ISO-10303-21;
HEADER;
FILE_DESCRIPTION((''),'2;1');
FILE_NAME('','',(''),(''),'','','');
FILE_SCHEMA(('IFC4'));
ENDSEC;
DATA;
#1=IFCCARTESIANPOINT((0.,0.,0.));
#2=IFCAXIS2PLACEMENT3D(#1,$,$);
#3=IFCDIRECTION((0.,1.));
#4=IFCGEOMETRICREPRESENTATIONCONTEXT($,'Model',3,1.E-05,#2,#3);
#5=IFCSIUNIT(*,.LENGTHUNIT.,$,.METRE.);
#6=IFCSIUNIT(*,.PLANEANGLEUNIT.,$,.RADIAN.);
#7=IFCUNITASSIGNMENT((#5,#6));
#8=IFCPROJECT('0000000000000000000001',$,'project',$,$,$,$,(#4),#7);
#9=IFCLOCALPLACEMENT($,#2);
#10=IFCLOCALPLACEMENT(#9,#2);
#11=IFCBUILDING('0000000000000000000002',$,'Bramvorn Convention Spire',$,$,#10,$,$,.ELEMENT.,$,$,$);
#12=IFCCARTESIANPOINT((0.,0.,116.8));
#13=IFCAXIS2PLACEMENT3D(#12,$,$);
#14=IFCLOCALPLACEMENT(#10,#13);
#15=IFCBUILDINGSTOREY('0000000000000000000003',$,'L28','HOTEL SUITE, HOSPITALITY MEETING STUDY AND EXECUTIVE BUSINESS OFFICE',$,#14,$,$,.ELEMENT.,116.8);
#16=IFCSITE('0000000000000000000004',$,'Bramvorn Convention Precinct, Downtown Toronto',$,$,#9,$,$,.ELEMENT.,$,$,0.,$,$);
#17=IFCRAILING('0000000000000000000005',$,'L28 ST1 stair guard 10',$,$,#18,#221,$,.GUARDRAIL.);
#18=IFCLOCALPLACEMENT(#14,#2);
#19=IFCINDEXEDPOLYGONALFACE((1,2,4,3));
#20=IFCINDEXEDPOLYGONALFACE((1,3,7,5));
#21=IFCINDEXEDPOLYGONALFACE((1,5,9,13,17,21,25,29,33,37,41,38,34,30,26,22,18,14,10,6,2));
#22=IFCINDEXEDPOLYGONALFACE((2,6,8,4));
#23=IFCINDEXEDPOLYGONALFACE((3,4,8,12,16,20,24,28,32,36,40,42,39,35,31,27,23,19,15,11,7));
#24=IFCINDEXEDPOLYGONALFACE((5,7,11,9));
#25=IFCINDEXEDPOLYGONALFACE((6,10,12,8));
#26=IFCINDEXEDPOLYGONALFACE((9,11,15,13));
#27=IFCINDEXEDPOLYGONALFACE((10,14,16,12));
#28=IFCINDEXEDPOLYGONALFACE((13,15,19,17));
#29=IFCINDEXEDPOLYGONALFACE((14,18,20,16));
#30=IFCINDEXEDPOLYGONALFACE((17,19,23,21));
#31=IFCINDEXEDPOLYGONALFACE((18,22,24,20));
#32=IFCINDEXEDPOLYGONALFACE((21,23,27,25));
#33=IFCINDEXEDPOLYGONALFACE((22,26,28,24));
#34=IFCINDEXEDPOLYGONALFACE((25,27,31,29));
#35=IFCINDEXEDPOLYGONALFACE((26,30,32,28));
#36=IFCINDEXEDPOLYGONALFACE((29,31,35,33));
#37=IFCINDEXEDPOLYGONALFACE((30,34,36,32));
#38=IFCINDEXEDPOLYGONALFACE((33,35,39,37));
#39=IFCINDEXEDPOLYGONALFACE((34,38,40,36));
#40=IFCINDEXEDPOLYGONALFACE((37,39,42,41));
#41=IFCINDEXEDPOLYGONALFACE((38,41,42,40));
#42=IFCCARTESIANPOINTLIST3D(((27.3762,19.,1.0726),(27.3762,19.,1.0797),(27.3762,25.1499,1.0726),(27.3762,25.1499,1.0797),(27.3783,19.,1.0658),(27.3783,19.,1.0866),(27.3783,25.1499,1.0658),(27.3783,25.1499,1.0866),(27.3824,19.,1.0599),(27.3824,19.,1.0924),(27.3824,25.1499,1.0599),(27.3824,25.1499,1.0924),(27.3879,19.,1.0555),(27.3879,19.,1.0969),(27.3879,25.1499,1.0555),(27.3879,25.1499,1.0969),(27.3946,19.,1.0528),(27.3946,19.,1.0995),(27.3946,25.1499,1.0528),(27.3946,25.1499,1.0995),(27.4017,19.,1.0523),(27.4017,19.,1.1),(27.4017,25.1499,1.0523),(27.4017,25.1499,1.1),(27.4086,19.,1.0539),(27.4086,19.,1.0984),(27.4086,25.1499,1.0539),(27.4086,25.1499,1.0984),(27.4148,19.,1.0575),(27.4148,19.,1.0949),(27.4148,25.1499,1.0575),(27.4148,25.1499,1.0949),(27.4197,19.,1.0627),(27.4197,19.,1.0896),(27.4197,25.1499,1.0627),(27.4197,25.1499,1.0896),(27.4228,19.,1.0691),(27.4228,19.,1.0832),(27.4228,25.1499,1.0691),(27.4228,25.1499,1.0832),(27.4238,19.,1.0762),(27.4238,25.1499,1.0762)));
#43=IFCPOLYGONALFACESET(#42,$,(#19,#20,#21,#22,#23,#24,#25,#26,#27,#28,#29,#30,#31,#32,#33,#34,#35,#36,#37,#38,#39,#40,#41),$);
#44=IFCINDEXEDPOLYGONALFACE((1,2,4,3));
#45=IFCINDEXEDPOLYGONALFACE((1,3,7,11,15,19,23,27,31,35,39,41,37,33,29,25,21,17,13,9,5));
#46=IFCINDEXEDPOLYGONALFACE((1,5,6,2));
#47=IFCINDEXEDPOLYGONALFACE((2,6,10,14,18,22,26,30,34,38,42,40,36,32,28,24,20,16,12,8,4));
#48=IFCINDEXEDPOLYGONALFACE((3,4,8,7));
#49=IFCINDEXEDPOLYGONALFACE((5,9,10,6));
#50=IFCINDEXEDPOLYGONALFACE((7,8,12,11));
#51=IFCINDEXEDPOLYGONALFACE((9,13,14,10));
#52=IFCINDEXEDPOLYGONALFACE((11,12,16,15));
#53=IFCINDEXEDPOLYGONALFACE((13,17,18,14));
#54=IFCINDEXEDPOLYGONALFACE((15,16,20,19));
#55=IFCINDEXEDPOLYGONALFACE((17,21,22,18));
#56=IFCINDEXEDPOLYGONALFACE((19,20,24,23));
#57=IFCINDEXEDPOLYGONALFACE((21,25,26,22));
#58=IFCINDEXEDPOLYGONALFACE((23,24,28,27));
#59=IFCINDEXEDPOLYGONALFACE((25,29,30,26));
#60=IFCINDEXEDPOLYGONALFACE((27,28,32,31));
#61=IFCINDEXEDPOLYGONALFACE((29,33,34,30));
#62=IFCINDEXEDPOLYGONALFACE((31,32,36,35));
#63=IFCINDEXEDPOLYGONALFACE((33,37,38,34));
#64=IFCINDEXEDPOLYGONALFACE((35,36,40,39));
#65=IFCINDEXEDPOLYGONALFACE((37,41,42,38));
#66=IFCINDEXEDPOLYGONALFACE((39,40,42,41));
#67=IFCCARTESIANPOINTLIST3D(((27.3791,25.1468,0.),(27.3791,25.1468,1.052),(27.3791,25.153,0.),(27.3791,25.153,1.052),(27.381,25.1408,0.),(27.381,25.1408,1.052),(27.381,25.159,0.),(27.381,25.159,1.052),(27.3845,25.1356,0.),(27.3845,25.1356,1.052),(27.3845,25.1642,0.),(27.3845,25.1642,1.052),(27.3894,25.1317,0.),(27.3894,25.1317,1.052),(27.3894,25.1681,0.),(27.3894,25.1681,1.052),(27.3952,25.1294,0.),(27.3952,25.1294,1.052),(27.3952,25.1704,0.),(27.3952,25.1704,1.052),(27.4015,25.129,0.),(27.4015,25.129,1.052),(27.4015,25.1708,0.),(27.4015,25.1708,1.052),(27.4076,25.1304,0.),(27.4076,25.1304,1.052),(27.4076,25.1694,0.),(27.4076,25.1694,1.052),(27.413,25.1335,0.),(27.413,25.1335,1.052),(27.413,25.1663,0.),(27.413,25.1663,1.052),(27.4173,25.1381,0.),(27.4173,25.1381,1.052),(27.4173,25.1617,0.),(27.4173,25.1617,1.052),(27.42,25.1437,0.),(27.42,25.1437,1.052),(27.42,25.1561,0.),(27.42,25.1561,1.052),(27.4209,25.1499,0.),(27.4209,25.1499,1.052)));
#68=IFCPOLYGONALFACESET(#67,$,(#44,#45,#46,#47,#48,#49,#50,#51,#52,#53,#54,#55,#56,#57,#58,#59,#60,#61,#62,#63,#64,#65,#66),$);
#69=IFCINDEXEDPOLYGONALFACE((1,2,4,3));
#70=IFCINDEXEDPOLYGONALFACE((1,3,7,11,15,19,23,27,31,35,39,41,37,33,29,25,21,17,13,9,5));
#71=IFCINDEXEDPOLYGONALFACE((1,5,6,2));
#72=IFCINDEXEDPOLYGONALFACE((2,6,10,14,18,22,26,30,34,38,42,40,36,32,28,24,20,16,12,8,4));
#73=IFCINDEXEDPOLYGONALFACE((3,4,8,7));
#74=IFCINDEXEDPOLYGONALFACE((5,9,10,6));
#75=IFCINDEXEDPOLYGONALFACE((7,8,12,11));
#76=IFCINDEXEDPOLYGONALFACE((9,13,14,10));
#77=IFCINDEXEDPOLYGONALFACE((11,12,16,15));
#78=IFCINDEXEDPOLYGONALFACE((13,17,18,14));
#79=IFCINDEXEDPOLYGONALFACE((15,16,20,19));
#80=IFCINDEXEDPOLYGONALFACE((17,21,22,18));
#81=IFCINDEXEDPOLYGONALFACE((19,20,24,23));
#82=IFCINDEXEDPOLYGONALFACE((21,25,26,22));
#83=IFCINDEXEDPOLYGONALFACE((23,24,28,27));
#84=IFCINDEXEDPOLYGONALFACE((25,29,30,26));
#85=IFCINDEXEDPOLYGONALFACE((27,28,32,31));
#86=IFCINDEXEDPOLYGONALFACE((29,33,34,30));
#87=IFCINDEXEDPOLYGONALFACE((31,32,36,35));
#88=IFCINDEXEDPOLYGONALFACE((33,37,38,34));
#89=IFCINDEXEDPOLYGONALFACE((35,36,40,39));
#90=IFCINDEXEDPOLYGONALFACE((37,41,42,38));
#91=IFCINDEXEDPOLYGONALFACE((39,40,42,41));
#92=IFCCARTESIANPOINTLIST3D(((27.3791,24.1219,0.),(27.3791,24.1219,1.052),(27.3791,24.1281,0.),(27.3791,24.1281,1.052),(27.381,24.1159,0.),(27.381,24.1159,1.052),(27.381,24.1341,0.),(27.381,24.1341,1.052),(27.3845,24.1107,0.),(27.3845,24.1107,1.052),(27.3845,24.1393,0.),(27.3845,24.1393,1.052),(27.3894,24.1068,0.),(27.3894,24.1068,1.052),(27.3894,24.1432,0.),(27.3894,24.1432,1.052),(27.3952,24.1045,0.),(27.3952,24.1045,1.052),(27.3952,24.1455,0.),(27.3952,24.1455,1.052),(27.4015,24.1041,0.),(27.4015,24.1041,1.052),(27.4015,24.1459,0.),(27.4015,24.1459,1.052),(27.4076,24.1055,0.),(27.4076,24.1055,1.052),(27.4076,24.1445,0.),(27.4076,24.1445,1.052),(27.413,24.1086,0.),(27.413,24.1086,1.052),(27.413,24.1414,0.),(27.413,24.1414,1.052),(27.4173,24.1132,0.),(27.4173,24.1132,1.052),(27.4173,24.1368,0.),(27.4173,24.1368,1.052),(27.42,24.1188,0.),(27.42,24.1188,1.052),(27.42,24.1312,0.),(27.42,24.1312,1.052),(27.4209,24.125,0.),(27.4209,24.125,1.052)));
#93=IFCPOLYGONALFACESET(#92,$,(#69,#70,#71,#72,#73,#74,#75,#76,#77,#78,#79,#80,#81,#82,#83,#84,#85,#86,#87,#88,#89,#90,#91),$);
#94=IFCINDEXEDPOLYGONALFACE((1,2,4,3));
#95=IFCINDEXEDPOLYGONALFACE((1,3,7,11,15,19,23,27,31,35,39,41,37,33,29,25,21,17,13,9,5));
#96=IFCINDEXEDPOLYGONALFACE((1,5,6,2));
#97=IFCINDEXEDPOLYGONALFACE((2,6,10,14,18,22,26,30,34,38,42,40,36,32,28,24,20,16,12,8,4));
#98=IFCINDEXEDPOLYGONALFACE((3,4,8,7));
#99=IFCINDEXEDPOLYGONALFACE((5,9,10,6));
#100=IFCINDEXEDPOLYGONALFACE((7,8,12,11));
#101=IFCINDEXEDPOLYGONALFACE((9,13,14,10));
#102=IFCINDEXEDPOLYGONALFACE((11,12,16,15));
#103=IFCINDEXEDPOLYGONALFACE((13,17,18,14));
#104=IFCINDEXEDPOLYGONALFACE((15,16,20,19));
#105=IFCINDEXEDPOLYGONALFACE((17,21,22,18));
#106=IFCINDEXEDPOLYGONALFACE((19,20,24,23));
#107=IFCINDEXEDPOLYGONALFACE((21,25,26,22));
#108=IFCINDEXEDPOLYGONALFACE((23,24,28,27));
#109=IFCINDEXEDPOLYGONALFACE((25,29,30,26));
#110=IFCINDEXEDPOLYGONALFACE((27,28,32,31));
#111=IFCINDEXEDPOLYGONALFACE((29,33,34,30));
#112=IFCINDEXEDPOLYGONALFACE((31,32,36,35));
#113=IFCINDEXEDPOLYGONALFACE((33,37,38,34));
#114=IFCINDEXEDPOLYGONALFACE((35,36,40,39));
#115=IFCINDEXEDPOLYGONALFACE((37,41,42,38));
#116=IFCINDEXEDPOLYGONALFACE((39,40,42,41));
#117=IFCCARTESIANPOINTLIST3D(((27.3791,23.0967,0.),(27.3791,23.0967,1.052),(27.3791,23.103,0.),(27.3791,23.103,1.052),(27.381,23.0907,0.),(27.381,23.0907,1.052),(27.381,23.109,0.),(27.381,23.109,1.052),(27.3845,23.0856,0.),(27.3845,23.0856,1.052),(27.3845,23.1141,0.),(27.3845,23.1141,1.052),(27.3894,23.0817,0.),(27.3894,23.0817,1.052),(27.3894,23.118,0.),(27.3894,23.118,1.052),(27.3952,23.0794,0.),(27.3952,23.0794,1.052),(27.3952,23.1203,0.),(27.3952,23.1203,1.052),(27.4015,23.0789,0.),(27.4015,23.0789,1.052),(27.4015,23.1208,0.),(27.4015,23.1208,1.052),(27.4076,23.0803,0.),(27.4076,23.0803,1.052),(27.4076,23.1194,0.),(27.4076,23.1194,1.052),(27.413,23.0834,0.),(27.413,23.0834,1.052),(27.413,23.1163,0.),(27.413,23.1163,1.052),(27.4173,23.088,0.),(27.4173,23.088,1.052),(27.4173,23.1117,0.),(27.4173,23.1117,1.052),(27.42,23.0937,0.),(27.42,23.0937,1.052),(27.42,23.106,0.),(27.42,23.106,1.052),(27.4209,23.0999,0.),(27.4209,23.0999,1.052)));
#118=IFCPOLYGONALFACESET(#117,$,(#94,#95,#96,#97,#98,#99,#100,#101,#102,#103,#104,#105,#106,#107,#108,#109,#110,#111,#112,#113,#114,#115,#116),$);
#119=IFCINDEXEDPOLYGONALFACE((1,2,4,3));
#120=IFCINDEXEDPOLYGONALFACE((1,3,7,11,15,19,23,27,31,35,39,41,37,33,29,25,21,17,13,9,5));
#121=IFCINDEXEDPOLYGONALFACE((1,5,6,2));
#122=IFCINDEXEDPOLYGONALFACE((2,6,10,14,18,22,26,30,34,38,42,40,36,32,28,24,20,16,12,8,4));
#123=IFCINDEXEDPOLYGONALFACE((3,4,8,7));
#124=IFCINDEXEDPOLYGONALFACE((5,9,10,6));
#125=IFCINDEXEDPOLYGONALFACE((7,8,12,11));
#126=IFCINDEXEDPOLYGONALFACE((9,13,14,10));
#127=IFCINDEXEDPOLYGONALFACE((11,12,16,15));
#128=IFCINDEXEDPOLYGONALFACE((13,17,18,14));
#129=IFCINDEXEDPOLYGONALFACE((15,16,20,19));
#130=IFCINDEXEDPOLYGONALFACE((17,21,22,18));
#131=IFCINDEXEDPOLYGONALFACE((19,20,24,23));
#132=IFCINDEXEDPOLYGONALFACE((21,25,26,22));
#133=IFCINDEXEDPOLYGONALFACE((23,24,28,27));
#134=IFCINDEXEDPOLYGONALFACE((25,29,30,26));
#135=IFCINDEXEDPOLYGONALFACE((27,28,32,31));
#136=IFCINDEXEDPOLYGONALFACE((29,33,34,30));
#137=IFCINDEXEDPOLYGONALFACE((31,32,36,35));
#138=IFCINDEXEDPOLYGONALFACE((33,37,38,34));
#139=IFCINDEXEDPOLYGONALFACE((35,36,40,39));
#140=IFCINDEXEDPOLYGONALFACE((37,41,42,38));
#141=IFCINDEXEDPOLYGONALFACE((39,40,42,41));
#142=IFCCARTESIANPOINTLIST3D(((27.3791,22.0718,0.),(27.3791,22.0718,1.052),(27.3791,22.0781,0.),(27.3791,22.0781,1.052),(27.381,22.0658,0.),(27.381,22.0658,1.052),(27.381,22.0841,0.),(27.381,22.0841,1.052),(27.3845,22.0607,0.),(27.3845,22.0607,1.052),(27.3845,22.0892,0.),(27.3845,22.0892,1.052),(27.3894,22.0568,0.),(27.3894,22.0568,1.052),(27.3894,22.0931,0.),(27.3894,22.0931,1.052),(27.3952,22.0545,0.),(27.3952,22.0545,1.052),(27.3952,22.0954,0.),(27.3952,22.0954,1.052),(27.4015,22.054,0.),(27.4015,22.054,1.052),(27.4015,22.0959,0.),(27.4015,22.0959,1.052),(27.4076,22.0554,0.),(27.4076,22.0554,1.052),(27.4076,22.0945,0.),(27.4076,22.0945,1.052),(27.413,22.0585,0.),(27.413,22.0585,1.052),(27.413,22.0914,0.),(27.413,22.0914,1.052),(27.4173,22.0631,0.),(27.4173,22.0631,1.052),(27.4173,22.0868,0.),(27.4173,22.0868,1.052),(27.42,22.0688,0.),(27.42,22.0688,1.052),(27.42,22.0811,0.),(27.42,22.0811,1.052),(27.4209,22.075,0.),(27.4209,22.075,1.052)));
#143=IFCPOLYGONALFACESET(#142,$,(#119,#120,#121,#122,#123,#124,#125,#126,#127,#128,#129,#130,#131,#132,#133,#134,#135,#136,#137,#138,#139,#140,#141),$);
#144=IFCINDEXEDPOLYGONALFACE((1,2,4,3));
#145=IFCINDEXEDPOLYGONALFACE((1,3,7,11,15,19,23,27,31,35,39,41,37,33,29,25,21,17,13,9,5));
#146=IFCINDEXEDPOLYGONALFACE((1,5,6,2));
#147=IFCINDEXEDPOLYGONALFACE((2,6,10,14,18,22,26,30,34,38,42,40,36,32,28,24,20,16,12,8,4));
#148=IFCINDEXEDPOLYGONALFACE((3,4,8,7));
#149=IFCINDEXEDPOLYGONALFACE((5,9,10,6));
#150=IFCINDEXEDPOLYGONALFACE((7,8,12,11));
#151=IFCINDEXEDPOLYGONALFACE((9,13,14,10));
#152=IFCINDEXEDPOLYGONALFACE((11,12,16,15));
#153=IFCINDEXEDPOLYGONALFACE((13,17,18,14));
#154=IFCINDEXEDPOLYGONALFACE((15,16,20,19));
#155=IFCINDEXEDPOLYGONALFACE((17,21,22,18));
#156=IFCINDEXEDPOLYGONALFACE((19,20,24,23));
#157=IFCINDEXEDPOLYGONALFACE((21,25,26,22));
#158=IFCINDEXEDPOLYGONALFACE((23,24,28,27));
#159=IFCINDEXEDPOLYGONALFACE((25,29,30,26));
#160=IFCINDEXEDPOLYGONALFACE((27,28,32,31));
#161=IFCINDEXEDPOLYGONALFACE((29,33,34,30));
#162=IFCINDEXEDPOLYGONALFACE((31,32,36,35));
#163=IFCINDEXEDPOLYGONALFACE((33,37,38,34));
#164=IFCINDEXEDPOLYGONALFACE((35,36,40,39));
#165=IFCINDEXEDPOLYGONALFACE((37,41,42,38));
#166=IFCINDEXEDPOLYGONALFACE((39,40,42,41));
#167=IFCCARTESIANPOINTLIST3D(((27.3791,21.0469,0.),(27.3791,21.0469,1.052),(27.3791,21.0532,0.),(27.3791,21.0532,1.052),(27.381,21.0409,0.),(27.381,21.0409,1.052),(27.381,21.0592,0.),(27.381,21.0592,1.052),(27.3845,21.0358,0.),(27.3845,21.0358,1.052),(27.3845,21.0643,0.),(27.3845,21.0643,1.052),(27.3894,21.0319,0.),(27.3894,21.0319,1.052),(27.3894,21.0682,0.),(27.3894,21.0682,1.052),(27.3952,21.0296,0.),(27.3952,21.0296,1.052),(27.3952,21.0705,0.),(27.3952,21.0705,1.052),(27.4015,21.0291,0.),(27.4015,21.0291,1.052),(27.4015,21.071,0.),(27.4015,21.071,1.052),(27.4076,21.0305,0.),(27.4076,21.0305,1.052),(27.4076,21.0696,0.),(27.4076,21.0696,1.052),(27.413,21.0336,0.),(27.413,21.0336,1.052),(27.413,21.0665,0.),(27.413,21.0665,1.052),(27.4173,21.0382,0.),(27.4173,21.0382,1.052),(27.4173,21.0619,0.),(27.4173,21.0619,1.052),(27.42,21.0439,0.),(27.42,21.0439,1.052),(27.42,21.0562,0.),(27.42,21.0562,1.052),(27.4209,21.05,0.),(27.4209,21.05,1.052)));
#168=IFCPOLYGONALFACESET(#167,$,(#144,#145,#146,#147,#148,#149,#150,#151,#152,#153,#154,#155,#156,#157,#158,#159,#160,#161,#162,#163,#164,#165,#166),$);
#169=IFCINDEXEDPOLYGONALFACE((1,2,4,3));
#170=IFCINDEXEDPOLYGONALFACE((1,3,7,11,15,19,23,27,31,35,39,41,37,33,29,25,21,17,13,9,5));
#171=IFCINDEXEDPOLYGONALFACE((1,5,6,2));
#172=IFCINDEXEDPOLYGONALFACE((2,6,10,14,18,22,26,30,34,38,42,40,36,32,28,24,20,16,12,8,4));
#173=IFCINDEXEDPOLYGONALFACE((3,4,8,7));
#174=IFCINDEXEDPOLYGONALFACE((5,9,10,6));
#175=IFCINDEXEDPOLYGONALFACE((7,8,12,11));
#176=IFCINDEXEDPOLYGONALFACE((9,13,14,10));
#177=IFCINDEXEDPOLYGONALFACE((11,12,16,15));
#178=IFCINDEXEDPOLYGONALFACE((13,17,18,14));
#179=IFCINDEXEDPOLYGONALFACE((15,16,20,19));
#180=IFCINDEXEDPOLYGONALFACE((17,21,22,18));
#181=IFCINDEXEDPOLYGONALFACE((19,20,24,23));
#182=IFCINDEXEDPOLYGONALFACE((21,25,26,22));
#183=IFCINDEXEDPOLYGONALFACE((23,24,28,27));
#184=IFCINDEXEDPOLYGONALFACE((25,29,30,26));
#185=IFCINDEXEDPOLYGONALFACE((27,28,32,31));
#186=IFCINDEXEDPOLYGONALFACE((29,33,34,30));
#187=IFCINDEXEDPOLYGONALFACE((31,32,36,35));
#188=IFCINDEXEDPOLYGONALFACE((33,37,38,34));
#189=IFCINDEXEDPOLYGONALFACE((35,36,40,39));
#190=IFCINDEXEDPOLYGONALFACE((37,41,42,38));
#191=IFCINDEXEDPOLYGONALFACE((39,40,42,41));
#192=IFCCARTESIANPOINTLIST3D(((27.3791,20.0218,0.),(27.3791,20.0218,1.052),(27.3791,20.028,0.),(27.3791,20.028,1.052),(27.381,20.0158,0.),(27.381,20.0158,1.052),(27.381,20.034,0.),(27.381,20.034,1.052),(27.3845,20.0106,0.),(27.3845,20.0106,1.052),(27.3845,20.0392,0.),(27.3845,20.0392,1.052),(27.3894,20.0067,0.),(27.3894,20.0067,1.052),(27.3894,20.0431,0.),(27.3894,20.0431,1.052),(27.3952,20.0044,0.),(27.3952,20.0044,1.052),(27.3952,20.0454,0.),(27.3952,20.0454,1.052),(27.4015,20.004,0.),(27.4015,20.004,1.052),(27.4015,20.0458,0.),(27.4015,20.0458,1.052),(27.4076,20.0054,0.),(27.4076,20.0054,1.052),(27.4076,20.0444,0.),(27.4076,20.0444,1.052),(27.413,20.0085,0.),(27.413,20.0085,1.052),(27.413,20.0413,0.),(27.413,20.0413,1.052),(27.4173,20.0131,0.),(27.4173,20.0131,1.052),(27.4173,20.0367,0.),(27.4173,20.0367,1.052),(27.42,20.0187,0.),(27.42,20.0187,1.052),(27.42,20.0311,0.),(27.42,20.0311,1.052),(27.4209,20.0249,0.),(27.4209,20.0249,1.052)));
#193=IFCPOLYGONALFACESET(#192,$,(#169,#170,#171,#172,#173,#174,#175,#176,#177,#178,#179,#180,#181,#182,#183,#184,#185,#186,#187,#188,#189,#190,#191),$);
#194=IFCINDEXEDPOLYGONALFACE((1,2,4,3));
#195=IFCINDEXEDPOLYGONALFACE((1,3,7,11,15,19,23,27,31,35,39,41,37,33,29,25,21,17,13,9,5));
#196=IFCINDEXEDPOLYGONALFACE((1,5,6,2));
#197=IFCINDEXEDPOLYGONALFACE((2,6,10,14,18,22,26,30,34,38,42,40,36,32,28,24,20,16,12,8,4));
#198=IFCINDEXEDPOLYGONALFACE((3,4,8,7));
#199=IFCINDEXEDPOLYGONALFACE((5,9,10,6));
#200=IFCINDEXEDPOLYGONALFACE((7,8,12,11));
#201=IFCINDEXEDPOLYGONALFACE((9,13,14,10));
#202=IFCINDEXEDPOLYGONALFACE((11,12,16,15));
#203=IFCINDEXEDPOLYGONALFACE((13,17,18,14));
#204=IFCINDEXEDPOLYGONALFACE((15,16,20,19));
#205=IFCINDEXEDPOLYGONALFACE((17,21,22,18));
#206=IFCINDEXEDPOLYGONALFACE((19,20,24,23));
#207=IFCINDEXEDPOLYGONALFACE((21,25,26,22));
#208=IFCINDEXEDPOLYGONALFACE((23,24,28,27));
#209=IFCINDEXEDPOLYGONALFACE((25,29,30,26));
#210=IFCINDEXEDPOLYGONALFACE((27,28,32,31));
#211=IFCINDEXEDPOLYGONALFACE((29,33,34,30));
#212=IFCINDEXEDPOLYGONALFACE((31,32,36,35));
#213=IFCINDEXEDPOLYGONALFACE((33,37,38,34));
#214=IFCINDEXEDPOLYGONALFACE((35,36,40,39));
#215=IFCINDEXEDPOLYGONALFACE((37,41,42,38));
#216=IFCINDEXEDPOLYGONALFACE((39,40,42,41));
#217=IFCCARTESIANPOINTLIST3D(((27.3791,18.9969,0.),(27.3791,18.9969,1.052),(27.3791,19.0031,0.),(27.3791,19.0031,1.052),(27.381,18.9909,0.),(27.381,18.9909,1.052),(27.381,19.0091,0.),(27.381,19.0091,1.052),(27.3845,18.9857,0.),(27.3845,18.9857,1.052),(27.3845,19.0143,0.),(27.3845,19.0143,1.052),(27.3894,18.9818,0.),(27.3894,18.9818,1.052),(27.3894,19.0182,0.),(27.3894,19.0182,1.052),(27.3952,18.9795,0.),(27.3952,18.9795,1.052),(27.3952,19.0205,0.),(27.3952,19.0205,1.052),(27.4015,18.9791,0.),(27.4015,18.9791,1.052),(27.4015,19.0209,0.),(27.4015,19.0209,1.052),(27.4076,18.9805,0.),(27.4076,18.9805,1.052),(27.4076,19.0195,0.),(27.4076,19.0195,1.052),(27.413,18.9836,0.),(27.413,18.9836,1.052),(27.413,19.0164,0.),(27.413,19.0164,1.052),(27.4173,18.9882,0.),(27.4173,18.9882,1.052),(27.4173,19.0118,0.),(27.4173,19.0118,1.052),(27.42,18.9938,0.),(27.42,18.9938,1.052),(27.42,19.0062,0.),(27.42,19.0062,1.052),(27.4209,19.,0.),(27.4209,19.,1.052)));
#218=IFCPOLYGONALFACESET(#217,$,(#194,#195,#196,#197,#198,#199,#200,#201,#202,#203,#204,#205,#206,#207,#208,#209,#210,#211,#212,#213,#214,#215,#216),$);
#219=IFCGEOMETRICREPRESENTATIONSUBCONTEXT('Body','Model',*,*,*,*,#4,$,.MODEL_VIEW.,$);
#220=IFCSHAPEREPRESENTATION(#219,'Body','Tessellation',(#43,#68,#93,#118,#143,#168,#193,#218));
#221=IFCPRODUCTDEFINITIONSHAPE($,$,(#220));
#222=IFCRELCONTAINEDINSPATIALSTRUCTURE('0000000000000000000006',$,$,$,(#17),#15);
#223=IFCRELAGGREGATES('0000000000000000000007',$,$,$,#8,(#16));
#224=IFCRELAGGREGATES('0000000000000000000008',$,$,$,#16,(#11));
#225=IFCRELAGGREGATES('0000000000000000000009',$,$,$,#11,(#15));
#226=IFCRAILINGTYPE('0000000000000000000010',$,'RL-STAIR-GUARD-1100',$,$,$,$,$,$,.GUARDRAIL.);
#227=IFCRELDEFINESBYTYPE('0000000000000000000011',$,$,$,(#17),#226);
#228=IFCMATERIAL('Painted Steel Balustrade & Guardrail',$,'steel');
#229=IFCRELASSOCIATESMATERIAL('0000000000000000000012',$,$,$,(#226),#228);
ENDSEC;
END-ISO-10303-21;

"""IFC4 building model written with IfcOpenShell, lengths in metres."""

from ifc_helpers import new_model, si_unit, direction, frame, origin, origin_2d, place, context, subcontext, project, spatial, circle, extrude, material, type_object, element, save


model = new_model("IFC4")

# Units and contexts
model_context = context("Model", 3, precision=1e-05, world=origin(), true_north=direction((0.0, 1.0)))
body_context = subcontext(model_context, "Body", "Model", "MODEL_VIEW")
ifc_project = project(units=[si_unit("LENGTHUNIT", "METRE"), si_unit("PLANEANGLEUNIT", "RADIAN")], contexts=[model_context])

# Site, building, storey
site_placement = place(None, origin())
site = spatial("IfcSite", under=ifc_project, at=site_placement, Name="Bramvorn Convention Precinct, Downtown Toronto", CompositionType="ELEMENT", RefElevation=0.0)
building_placement = place(site_placement, origin())
building = spatial("IfcBuilding", under=site, at=building_placement, Name="Bramvorn Convention Spire", CompositionType="ELEMENT")
storey_placement = place(building_placement, frame((0.0, 0.0, 116.8)))
storey = spatial("IfcBuildingStorey", under=building, at=storey_placement, Name="L28", Description="HOTEL SUITE, HOSPITALITY MEETING STUDY AND EXECUTIVE BUSINESS OFFICE", CompositionType="ELEMENT", Elevation=116.8)

# Railing
ifc_material_1 = material(Name="Painted Steel Balustrade & Guardrail", Category="steel")
railing_type = type_object("IfcRailingType", Name="RL-STAIR-GUARD-1100", PredefinedType="GUARDRAIL", material=ifc_material_1)
railing_1_placement = place(storey_placement, frame((27.3999, 25.1499, 0.0)))
element("IfcRailing", 1, at=railing_1_placement, inside=storey, type_object=railing_type, Name="L28 ST1 stair guard 10", PredefinedType="GUARDRAIL", context=body_context, shape_type="SweptSolid", body=[
    extrude(circle(Radius=0.0239, at=origin_2d()), frame((0.0, 0.0, 1.0762), z_axis=(0.0, -1.0, 0.0), x_axis=(1.0, 0.0, 0.0)), (0.0, 0.0, 1.0), 6.1499),
    extrude(circle(Radius=0.021, at=origin_2d()), origin(), (0.0, 0.0, 1.0), 1.052),
    extrude(circle(Radius=0.021, at=origin_2d()), frame((0.0, -1.0249, 0.0)), (0.0, 0.0, 1.0), 1.052),
    extrude(circle(Radius=0.021, at=origin_2d()), frame((0.0, -2.05, 0.0)), (0.0, 0.0, 1.0), 1.052),
    extrude(circle(Radius=0.021, at=origin_2d()), frame((0.0, -3.075, 0.0)), (0.0, 0.0, 1.0), 1.052),
    extrude(circle(Radius=0.021, at=origin_2d()), frame((0.0, -4.0999, 0.0)), (0.0, 0.0, 1.0), 1.052),
    extrude(circle(Radius=0.021, at=origin_2d()), frame((0.0, -5.125, 0.0)), (0.0, 0.0, 1.0), 1.052),
    extrude(circle(Radius=0.021, at=origin_2d()), frame((0.0, -6.1499, 0.0)), (0.0, 0.0, 1.0), 1.052),
])

save(model, "model.ifc")
